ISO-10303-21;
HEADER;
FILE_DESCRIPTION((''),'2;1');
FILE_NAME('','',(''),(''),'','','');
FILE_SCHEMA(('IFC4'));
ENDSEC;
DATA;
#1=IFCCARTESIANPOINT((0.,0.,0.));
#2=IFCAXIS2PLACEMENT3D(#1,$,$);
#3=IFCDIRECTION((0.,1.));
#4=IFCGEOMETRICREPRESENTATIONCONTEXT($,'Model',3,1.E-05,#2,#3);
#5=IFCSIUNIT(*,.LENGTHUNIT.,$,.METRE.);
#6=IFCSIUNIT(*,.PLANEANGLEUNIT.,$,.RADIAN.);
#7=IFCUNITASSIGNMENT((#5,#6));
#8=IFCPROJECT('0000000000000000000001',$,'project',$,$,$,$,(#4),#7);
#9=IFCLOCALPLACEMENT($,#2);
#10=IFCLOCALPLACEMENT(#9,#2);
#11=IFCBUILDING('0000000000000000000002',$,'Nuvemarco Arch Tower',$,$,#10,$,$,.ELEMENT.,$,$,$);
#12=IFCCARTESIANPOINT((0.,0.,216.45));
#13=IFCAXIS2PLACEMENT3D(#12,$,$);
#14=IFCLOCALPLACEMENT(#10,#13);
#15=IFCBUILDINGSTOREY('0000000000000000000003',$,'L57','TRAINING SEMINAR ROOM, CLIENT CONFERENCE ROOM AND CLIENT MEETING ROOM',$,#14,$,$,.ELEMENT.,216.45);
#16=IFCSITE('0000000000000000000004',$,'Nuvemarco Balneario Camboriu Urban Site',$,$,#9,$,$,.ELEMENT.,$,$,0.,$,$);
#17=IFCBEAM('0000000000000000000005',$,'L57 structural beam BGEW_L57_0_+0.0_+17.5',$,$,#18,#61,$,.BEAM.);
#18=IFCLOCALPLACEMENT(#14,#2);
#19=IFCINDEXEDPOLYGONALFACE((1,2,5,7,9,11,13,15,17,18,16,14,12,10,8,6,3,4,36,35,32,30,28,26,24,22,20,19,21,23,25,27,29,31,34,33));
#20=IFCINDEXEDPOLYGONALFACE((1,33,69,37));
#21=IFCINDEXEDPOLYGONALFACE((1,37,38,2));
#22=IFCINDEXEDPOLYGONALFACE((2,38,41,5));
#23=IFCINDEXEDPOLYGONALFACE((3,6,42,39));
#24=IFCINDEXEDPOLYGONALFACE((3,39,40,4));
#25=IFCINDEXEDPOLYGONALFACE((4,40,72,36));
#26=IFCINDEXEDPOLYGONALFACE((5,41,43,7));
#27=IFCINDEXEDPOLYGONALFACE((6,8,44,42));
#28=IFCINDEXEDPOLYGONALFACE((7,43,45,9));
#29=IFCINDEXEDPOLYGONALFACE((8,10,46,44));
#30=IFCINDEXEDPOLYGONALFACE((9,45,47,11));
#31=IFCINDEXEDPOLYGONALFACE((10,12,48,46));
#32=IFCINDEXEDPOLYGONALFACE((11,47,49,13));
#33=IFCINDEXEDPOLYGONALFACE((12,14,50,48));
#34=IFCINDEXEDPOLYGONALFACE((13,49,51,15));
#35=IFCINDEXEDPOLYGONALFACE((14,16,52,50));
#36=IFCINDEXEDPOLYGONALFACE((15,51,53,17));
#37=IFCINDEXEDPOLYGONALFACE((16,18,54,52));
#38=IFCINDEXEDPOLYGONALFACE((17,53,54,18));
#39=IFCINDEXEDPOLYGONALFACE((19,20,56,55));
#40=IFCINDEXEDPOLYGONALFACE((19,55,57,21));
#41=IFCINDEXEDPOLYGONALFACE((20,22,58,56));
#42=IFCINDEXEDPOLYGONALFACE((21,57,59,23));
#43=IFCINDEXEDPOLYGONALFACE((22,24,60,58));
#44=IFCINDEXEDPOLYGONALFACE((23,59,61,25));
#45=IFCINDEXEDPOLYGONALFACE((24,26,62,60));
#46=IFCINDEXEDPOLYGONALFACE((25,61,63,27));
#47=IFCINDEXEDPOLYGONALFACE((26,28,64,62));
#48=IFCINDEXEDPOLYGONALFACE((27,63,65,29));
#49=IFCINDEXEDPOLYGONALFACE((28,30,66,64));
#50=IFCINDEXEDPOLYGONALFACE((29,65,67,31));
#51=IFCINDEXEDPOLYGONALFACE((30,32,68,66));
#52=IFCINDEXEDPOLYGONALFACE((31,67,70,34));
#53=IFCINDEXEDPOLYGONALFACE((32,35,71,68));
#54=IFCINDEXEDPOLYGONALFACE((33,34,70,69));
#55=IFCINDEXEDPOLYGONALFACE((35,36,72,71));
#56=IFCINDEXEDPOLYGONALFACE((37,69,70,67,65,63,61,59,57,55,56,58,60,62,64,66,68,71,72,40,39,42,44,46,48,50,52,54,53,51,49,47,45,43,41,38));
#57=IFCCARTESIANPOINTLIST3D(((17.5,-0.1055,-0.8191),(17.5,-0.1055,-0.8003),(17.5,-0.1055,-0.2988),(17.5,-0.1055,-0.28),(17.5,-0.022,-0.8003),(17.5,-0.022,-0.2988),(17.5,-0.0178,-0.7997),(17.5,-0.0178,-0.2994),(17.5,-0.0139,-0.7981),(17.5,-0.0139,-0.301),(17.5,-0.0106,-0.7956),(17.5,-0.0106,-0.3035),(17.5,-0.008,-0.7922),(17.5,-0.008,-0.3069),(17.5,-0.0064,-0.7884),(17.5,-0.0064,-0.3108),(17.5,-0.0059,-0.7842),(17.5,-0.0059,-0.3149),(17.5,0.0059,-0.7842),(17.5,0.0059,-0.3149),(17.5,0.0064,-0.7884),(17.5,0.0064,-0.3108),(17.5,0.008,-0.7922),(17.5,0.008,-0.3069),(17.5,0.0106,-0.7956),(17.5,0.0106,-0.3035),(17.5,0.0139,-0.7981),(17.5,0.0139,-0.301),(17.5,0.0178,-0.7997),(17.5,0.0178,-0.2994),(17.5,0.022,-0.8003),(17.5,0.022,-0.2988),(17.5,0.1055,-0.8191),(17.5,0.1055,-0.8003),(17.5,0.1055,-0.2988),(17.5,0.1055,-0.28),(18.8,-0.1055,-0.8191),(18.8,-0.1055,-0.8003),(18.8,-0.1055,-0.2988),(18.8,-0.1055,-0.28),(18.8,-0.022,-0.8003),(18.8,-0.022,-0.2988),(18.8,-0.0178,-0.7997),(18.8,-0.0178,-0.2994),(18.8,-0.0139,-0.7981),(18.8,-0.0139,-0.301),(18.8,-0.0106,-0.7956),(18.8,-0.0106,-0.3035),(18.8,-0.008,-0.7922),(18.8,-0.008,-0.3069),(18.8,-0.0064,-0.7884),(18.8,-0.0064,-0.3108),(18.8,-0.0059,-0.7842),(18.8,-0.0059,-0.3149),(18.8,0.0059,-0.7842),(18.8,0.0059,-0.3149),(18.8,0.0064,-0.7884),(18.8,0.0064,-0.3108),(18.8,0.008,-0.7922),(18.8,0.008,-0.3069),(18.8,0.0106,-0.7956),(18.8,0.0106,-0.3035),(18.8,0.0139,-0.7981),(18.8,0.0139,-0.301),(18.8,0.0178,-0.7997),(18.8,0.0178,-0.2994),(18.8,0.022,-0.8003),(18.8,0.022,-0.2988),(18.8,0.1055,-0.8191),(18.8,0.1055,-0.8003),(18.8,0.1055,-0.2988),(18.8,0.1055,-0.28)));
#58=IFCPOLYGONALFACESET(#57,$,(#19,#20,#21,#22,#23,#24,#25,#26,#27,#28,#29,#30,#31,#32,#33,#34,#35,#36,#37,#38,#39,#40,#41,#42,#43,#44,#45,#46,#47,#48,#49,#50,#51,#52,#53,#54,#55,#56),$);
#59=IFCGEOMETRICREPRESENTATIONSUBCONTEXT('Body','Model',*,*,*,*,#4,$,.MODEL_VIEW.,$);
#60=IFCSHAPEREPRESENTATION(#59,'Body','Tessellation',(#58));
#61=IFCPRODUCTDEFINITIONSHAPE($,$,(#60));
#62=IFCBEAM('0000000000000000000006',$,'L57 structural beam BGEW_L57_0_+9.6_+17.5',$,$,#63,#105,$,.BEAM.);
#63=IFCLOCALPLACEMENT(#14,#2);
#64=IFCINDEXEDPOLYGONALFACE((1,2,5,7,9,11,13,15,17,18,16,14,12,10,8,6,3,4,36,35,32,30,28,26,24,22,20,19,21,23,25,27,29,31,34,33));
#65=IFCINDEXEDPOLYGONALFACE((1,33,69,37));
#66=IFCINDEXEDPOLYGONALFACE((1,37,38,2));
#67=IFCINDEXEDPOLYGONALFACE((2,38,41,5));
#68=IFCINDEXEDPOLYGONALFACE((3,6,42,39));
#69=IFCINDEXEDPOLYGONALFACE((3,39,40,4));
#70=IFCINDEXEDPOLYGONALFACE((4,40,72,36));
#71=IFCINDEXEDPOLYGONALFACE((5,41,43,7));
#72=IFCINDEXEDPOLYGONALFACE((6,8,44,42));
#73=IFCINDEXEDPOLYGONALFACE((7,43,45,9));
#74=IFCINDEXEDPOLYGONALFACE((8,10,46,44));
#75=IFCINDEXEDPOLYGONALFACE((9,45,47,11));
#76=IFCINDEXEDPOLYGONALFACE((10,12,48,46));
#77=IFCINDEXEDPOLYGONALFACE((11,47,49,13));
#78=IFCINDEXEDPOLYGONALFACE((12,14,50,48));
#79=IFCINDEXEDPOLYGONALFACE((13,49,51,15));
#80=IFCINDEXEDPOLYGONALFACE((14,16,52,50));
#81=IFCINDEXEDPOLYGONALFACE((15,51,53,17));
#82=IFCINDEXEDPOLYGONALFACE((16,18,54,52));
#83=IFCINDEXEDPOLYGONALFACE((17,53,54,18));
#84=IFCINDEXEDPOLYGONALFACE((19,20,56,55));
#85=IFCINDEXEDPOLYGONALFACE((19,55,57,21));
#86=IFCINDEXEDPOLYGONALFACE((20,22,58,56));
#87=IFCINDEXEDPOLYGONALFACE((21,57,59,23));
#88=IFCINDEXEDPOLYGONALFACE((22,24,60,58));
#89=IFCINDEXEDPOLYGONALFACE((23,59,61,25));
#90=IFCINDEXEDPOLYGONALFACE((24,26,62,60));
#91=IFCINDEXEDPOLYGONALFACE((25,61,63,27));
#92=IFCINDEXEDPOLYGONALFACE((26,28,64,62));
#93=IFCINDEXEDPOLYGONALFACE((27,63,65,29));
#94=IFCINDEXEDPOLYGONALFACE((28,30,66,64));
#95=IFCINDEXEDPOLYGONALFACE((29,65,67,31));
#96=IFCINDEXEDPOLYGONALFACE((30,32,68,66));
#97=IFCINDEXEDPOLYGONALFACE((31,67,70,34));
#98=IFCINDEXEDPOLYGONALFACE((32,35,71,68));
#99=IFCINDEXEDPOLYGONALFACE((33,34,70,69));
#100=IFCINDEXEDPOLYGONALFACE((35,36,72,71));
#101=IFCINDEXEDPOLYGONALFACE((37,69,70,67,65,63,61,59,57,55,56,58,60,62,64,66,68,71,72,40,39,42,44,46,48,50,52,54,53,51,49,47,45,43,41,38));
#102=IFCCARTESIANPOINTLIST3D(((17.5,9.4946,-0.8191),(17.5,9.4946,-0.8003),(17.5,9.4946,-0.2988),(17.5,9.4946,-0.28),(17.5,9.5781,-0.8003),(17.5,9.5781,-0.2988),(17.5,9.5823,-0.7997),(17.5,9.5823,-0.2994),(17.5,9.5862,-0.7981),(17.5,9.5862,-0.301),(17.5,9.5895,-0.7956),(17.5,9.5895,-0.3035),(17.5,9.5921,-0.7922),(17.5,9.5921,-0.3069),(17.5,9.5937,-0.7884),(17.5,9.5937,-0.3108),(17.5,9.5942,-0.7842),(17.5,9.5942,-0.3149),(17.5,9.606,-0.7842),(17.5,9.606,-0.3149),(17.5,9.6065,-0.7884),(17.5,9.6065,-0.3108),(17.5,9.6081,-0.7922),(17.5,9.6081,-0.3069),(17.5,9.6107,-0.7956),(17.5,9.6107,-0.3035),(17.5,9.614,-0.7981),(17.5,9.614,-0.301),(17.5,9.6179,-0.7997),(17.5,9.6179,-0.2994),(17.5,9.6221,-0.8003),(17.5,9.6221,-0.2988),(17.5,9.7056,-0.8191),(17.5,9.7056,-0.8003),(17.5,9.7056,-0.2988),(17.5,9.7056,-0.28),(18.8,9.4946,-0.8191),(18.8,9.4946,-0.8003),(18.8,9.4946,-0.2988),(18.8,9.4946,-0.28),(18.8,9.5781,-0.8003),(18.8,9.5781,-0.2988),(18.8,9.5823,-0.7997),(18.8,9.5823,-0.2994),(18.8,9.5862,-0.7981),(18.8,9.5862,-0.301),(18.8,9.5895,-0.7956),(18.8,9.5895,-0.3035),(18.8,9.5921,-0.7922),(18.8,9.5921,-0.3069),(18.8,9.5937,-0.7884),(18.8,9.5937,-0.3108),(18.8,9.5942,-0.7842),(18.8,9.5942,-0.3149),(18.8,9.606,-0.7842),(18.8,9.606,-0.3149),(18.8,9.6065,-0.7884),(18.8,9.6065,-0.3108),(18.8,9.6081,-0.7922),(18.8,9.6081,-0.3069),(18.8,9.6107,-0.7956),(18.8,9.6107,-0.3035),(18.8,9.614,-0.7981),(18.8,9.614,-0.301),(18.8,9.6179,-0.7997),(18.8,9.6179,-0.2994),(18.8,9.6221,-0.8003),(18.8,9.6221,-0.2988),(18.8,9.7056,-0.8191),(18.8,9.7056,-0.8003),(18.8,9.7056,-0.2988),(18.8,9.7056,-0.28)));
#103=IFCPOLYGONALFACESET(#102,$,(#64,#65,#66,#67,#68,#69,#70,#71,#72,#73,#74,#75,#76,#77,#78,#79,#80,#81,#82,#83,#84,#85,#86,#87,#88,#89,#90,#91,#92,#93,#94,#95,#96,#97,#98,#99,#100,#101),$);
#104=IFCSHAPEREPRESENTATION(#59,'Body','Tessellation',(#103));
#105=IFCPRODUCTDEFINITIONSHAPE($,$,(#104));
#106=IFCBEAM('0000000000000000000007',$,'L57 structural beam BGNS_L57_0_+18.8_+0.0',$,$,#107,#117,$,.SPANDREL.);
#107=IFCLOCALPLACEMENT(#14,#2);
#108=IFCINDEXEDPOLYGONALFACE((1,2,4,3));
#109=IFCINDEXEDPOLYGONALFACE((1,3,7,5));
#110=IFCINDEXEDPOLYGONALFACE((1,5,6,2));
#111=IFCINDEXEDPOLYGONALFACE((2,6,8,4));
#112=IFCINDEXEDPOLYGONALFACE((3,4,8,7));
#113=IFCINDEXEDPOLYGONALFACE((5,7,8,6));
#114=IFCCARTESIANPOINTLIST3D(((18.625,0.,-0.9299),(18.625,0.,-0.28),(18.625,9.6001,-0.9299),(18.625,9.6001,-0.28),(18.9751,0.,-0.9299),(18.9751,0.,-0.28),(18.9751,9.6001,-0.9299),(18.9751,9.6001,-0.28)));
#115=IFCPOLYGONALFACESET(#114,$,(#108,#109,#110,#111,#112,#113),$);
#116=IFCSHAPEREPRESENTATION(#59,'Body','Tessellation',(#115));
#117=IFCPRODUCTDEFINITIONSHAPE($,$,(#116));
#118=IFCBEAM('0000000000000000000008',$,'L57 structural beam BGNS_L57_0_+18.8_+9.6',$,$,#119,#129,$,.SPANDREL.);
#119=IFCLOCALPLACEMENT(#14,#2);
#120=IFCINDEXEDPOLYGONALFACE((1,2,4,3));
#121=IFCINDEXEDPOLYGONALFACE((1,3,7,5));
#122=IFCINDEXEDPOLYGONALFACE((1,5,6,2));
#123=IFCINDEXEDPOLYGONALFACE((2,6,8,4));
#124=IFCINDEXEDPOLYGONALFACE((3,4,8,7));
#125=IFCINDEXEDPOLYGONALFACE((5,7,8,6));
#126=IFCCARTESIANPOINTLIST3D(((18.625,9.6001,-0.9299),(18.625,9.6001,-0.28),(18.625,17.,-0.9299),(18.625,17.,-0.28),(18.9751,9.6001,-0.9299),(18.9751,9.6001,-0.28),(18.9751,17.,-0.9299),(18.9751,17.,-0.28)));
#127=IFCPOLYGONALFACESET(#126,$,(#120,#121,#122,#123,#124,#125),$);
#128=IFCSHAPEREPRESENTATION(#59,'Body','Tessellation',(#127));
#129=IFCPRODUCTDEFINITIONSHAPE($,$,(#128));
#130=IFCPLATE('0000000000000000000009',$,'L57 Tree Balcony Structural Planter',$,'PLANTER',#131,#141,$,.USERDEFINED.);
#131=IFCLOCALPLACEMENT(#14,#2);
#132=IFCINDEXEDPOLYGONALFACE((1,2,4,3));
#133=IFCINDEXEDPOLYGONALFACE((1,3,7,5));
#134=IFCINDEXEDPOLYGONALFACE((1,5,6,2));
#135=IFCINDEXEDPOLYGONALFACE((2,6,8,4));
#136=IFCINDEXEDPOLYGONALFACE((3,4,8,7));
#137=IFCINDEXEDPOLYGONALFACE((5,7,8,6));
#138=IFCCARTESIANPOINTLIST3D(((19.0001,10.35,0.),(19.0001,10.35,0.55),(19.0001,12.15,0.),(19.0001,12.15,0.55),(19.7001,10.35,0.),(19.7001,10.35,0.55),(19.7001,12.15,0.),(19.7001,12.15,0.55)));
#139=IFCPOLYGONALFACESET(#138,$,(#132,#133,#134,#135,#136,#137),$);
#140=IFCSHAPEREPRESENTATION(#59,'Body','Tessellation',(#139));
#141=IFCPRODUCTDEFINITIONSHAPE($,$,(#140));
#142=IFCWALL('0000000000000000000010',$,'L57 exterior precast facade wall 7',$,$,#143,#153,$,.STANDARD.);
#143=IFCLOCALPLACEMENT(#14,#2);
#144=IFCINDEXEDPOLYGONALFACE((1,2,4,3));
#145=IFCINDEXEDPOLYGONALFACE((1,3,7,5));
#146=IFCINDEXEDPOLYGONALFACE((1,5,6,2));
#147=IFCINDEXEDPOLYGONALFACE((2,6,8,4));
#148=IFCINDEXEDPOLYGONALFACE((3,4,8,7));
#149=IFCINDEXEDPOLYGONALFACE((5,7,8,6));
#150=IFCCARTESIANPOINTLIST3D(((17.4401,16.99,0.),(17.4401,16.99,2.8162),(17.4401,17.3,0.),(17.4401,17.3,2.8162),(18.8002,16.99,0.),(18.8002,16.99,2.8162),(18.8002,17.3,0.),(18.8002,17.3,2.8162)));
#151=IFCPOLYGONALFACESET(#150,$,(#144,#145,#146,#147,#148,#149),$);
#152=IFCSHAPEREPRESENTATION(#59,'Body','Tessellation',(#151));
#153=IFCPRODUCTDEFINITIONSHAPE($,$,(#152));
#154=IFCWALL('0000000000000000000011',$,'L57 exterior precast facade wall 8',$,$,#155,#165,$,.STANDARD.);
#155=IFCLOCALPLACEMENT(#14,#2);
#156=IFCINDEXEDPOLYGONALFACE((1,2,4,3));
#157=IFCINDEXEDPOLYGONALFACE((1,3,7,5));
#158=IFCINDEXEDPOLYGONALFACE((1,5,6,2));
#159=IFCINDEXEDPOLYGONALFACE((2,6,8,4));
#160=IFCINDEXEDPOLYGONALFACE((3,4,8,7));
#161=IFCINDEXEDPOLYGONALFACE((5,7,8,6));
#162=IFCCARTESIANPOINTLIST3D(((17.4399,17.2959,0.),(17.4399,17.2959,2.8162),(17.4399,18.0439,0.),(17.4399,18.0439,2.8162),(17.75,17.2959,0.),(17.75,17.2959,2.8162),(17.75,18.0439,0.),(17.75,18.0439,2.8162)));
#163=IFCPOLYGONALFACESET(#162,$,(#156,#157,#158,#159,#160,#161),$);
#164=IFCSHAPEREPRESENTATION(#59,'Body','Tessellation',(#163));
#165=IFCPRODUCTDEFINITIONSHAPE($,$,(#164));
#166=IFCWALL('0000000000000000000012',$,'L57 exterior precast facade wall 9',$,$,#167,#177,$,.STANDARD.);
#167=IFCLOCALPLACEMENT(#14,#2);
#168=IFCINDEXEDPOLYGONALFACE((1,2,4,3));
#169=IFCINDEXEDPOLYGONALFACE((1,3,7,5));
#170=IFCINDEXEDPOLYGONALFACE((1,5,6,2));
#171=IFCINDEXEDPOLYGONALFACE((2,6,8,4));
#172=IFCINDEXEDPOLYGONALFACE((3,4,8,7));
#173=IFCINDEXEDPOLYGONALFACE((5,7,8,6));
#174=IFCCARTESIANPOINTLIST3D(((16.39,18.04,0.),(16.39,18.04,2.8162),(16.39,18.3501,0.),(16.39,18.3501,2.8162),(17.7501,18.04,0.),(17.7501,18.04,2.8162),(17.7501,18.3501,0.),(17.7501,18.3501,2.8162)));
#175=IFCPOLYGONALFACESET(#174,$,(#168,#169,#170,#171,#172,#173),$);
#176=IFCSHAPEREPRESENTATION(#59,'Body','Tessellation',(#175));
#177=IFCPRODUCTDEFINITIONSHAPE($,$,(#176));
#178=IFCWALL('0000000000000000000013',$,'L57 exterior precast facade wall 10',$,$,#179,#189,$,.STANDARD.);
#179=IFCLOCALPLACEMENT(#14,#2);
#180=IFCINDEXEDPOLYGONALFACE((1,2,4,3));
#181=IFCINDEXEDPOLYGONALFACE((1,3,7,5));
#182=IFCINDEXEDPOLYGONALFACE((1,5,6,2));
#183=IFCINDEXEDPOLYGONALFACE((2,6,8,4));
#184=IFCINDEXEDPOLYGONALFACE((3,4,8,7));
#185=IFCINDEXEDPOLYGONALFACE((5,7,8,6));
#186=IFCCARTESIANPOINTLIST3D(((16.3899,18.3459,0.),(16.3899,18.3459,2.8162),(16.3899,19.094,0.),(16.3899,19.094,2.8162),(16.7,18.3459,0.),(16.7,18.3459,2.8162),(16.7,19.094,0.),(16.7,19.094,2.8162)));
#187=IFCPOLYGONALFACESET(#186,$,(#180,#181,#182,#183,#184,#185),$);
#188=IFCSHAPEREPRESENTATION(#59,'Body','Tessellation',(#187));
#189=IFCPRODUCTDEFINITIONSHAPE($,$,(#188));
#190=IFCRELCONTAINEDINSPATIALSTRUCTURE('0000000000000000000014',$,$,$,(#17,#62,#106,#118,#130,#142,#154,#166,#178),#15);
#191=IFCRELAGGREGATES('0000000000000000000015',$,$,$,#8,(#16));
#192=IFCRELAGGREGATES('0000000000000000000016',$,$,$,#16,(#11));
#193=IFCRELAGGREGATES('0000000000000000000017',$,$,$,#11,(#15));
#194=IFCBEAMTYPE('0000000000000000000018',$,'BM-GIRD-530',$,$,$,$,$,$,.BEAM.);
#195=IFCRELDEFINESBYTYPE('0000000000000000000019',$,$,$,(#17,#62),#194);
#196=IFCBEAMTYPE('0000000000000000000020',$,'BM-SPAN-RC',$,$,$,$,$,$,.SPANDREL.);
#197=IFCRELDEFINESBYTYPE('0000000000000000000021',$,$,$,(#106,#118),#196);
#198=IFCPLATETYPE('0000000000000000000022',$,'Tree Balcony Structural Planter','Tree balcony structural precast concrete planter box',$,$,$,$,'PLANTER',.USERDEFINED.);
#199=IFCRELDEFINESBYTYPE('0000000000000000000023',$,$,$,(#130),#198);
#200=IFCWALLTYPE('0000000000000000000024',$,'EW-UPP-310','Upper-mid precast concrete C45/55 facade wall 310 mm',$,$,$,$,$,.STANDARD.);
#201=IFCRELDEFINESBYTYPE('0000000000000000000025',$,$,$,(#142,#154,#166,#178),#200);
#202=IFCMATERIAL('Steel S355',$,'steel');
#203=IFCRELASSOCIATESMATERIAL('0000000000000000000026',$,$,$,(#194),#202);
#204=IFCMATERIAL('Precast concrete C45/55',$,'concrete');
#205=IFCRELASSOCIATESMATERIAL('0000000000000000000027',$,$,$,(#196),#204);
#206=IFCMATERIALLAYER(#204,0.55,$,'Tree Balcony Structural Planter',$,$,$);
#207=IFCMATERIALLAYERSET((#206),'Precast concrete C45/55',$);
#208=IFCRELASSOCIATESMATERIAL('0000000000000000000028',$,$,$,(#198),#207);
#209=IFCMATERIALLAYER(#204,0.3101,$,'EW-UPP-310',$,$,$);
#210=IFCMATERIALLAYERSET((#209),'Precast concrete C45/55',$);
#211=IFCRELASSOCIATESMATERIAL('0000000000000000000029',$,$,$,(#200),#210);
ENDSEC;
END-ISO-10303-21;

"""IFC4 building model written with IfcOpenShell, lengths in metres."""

from ifc_helpers import new_model, si_unit, direction, frame, frame_2d, origin, origin_2d, place, context, subcontext, project, spatial, rectangle, i_section, extrude, source, transform, mapped, material, layer, layer_set, material_profile, profile_set, type_object, type_shapes, element, save


model = new_model("IFC4")

# Units and contexts
model_context = context("Model", 3, precision=1e-05, world=origin(), true_north=direction((0.0, 1.0)))
body_context = subcontext(model_context, "Body", "Model", "MODEL_VIEW")
ifc_project = project(units=[si_unit("LENGTHUNIT", "METRE"), si_unit("PLANEANGLEUNIT", "RADIAN")], contexts=[model_context])

# Site, building, storey
site_placement = place(None, origin())
site = spatial("IfcSite", under=ifc_project, at=site_placement, Name="Nuvemarco Balneario Camboriu Urban Site", CompositionType="ELEMENT", RefElevation=0.0)
building_placement = place(site_placement, origin())
building = spatial("IfcBuilding", under=site, at=building_placement, Name="Nuvemarco Arch Tower", CompositionType="ELEMENT")
storey_placement = place(building_placement, frame((0.0, 0.0, 216.45)))
storey = spatial("IfcBuildingStorey", under=building, at=storey_placement, Name="L57", Description="TRAINING SEMINAR ROOM, CLIENT CONFERENCE ROOM AND CLIENT MEETING ROOM", CompositionType="ELEMENT", Elevation=216.45)

# Shared definitions
ifc_material_1 = material(Name="Steel S355", Category="steel")

# Beams
ifc_material_profile_1 = material_profile(ifc_material_1, i_section(OverallWidth=0.2109, OverallDepth=0.5391, WebThickness=0.0117, FlangeThickness=0.0188, FilletRadius=0.0161, at=origin_2d()), Name="W530x109")
ifc_profile_set_1 = profile_set([ifc_material_profile_1], Name="Steel S355")
beam_type_1 = type_object("IfcBeamType", Name="BM-GIRD-530", PredefinedType="BEAM", material=ifc_profile_set_1)
for number, where, z_axis, x_axis, name in (
    (1, (17.5, 0.0, -0.5496), (1.0, 0.0, 0.0), (0.0, 1.0, 0.0), "L57 structural beam BGEW_L57_0_+0.0_+17.5"),
    (2, (17.5, 9.6001, -0.5496), (1.0, 0.0, 0.0), (0.0, 1.0, 0.0), "L57 structural beam BGEW_L57_0_+9.6_+17.5"),
):
    element("IfcBeam", number, at=place(storey_placement, frame(where, z_axis=z_axis, x_axis=x_axis)), inside=storey, type_object=beam_type_1, Name=name, PredefinedType="BEAM", context=body_context, shape_type="SweptSolid", body=[
        extrude(i_section(OverallWidth=0.2109, OverallDepth=0.5391, WebThickness=0.0117, FlangeThickness=0.0188, FilletRadius=0.0161, at=origin_2d()), origin(), (0.0, 0.0, 1.0), 1.3),
    ])
ifc_material_2 = material(Name="Precast concrete C45/55", Category="concrete")
ifc_material_profile_2 = material_profile(ifc_material_2, rectangle(XDim=0.3501, YDim=0.6499, at=origin_2d()), Name="PC-SP-350x650")
ifc_profile_set_2 = profile_set([ifc_material_profile_2], Name="Precast concrete C45/55")
beam_type_2 = type_object("IfcBeamType", Name="BM-SPAN-RC", PredefinedType="SPANDREL", material=ifc_profile_set_2)
beam_1_placement = place(storey_placement, frame((18.8, 0.0, -0.605), z_axis=(0.0, 1.0, 0.0), x_axis=(-1.0, 0.0, 0.0)))
element("IfcBeam", 3, at=beam_1_placement, inside=storey, type_object=beam_type_2, Name="L57 structural beam BGNS_L57_0_+18.8_+0.0", PredefinedType="SPANDREL", context=body_context, shape_type="SweptSolid", body=[
    extrude(rectangle(XDim=0.3501, YDim=0.6499, at=origin_2d()), origin(), (0.0, 0.0, 1.0), 9.6001),
])
beam_2_placement = place(storey_placement, frame((18.8, 9.6001, -0.605), z_axis=(0.0, 1.0, 0.0), x_axis=(-1.0, 0.0, 0.0)))
element("IfcBeam", 4, at=beam_2_placement, inside=storey, type_object=beam_type_2, Name="L57 structural beam BGNS_L57_0_+18.8_+9.6", PredefinedType="SPANDREL", context=body_context, shape_type="SweptSolid", body=[
    extrude(rectangle(XDim=0.3501, YDim=0.6499, at=origin_2d()), origin(), (0.0, 0.0, 1.0), 7.3999),
])

# Plate
ifc_layer_1 = layer(ifc_material_2, 0.55, Name="Tree Balcony Structural Planter")
ifc_layer_set_1 = layer_set([ifc_layer_1], Name="Precast concrete C45/55")
plate_type = type_object("IfcPlateType", Name="Tree Balcony Structural Planter", Description="Tree balcony structural precast concrete planter box", ElementType="PLANTER", PredefinedType="USERDEFINED", material=ifc_layer_set_1)
shared_shape_1 = source(origin(), body_context, "Body", "SweptSolid", [
    extrude(rectangle(XDim=1.8, YDim=0.7, at=origin_2d()), origin(), (0.0, 0.0, 1.0), 0.55),
])
type_shapes(plate_type, [shared_shape_1])
plate_placement = place(storey_placement, frame((19.3501, 11.25, 0.0), z_axis=(0.0, 0.0, 1.0), x_axis=(0.0, 1.0, 0.0)))
element("IfcPlate", 5, at=plate_placement, inside=storey, type_object=plate_type, Name="L57 Tree Balcony Structural Planter", ObjectType="PLANTER", PredefinedType="USERDEFINED", context=body_context, shape_type="MappedRepresentation", body=[
    mapped(shared_shape_1, transform((0.0, 0.0, 0.0), scale=1.0)),
])

# Walls
ifc_layer_2 = layer(ifc_material_2, 0.3101, Name="EW-UPP-310")
ifc_layer_set_2 = layer_set([ifc_layer_2], Name="Precast concrete C45/55")
wall_type_1 = type_object("IfcWallType", Name="EW-UPP-310", Description="Upper-mid precast concrete C45/55 facade wall 310 mm", PredefinedType="STANDARD", material=ifc_layer_set_2)
wall_1_placement = place(storey_placement, frame((17.4399, 17.145, 0.0), z_axis=(0.0, 0.0, 1.0), x_axis=(1.0, 0.0, 0.0)))
element("IfcWall", 6, at=wall_1_placement, inside=storey, type_object=wall_type_1, Name="L57 exterior precast facade wall 7", PredefinedType="STANDARD", context=body_context, shape_type="SweptSolid", body=[
    extrude(rectangle(XDim=1.3601, YDim=0.3101, at=frame_2d((0.6802, 0.0))), origin(), (0.0, 0.0, 1.0), 2.8162),
])
wall_2_placement = place(storey_placement, frame((17.595, 17.2959, 0.0), z_axis=(0.0, 0.0, 1.0), x_axis=(0.0, 1.0, 0.0)))
element("IfcWall", 7, at=wall_2_placement, inside=storey, type_object=wall_type_1, Name="L57 exterior precast facade wall 8", PredefinedType="STANDARD", context=body_context, shape_type="SweptSolid", body=[
    extrude(rectangle(XDim=0.748, YDim=0.3101, at=frame_2d((0.374, 0.0))), origin(), (0.0, 0.0, 1.0), 2.8162),
])
wall_3_placement = place(storey_placement, frame((16.3899, 18.1951, 0.0), z_axis=(0.0, 0.0, 1.0), x_axis=(1.0, 0.0, 0.0)))
element("IfcWall", 8, at=wall_3_placement, inside=storey, type_object=wall_type_1, Name="L57 exterior precast facade wall 9", PredefinedType="STANDARD", context=body_context, shape_type="SweptSolid", body=[
    extrude(rectangle(XDim=1.3601, YDim=0.3101, at=frame_2d((0.6802, 0.0))), origin(), (0.0, 0.0, 1.0), 2.8162),
])
wall_4_placement = place(storey_placement, frame((16.5449, 18.3459, 0.0), z_axis=(0.0, 0.0, 1.0), x_axis=(0.0, 1.0, 0.0)))
element("IfcWall", 9, at=wall_4_placement, inside=storey, type_object=wall_type_1, Name="L57 exterior precast facade wall 10", PredefinedType="STANDARD", context=body_context, shape_type="SweptSolid", body=[
    extrude(rectangle(XDim=0.748, YDim=0.3101, at=frame_2d((0.374, 0.0))), origin(), (0.0, 0.0, 1.0), 2.8162),
])

save(model, "model.ifc")
